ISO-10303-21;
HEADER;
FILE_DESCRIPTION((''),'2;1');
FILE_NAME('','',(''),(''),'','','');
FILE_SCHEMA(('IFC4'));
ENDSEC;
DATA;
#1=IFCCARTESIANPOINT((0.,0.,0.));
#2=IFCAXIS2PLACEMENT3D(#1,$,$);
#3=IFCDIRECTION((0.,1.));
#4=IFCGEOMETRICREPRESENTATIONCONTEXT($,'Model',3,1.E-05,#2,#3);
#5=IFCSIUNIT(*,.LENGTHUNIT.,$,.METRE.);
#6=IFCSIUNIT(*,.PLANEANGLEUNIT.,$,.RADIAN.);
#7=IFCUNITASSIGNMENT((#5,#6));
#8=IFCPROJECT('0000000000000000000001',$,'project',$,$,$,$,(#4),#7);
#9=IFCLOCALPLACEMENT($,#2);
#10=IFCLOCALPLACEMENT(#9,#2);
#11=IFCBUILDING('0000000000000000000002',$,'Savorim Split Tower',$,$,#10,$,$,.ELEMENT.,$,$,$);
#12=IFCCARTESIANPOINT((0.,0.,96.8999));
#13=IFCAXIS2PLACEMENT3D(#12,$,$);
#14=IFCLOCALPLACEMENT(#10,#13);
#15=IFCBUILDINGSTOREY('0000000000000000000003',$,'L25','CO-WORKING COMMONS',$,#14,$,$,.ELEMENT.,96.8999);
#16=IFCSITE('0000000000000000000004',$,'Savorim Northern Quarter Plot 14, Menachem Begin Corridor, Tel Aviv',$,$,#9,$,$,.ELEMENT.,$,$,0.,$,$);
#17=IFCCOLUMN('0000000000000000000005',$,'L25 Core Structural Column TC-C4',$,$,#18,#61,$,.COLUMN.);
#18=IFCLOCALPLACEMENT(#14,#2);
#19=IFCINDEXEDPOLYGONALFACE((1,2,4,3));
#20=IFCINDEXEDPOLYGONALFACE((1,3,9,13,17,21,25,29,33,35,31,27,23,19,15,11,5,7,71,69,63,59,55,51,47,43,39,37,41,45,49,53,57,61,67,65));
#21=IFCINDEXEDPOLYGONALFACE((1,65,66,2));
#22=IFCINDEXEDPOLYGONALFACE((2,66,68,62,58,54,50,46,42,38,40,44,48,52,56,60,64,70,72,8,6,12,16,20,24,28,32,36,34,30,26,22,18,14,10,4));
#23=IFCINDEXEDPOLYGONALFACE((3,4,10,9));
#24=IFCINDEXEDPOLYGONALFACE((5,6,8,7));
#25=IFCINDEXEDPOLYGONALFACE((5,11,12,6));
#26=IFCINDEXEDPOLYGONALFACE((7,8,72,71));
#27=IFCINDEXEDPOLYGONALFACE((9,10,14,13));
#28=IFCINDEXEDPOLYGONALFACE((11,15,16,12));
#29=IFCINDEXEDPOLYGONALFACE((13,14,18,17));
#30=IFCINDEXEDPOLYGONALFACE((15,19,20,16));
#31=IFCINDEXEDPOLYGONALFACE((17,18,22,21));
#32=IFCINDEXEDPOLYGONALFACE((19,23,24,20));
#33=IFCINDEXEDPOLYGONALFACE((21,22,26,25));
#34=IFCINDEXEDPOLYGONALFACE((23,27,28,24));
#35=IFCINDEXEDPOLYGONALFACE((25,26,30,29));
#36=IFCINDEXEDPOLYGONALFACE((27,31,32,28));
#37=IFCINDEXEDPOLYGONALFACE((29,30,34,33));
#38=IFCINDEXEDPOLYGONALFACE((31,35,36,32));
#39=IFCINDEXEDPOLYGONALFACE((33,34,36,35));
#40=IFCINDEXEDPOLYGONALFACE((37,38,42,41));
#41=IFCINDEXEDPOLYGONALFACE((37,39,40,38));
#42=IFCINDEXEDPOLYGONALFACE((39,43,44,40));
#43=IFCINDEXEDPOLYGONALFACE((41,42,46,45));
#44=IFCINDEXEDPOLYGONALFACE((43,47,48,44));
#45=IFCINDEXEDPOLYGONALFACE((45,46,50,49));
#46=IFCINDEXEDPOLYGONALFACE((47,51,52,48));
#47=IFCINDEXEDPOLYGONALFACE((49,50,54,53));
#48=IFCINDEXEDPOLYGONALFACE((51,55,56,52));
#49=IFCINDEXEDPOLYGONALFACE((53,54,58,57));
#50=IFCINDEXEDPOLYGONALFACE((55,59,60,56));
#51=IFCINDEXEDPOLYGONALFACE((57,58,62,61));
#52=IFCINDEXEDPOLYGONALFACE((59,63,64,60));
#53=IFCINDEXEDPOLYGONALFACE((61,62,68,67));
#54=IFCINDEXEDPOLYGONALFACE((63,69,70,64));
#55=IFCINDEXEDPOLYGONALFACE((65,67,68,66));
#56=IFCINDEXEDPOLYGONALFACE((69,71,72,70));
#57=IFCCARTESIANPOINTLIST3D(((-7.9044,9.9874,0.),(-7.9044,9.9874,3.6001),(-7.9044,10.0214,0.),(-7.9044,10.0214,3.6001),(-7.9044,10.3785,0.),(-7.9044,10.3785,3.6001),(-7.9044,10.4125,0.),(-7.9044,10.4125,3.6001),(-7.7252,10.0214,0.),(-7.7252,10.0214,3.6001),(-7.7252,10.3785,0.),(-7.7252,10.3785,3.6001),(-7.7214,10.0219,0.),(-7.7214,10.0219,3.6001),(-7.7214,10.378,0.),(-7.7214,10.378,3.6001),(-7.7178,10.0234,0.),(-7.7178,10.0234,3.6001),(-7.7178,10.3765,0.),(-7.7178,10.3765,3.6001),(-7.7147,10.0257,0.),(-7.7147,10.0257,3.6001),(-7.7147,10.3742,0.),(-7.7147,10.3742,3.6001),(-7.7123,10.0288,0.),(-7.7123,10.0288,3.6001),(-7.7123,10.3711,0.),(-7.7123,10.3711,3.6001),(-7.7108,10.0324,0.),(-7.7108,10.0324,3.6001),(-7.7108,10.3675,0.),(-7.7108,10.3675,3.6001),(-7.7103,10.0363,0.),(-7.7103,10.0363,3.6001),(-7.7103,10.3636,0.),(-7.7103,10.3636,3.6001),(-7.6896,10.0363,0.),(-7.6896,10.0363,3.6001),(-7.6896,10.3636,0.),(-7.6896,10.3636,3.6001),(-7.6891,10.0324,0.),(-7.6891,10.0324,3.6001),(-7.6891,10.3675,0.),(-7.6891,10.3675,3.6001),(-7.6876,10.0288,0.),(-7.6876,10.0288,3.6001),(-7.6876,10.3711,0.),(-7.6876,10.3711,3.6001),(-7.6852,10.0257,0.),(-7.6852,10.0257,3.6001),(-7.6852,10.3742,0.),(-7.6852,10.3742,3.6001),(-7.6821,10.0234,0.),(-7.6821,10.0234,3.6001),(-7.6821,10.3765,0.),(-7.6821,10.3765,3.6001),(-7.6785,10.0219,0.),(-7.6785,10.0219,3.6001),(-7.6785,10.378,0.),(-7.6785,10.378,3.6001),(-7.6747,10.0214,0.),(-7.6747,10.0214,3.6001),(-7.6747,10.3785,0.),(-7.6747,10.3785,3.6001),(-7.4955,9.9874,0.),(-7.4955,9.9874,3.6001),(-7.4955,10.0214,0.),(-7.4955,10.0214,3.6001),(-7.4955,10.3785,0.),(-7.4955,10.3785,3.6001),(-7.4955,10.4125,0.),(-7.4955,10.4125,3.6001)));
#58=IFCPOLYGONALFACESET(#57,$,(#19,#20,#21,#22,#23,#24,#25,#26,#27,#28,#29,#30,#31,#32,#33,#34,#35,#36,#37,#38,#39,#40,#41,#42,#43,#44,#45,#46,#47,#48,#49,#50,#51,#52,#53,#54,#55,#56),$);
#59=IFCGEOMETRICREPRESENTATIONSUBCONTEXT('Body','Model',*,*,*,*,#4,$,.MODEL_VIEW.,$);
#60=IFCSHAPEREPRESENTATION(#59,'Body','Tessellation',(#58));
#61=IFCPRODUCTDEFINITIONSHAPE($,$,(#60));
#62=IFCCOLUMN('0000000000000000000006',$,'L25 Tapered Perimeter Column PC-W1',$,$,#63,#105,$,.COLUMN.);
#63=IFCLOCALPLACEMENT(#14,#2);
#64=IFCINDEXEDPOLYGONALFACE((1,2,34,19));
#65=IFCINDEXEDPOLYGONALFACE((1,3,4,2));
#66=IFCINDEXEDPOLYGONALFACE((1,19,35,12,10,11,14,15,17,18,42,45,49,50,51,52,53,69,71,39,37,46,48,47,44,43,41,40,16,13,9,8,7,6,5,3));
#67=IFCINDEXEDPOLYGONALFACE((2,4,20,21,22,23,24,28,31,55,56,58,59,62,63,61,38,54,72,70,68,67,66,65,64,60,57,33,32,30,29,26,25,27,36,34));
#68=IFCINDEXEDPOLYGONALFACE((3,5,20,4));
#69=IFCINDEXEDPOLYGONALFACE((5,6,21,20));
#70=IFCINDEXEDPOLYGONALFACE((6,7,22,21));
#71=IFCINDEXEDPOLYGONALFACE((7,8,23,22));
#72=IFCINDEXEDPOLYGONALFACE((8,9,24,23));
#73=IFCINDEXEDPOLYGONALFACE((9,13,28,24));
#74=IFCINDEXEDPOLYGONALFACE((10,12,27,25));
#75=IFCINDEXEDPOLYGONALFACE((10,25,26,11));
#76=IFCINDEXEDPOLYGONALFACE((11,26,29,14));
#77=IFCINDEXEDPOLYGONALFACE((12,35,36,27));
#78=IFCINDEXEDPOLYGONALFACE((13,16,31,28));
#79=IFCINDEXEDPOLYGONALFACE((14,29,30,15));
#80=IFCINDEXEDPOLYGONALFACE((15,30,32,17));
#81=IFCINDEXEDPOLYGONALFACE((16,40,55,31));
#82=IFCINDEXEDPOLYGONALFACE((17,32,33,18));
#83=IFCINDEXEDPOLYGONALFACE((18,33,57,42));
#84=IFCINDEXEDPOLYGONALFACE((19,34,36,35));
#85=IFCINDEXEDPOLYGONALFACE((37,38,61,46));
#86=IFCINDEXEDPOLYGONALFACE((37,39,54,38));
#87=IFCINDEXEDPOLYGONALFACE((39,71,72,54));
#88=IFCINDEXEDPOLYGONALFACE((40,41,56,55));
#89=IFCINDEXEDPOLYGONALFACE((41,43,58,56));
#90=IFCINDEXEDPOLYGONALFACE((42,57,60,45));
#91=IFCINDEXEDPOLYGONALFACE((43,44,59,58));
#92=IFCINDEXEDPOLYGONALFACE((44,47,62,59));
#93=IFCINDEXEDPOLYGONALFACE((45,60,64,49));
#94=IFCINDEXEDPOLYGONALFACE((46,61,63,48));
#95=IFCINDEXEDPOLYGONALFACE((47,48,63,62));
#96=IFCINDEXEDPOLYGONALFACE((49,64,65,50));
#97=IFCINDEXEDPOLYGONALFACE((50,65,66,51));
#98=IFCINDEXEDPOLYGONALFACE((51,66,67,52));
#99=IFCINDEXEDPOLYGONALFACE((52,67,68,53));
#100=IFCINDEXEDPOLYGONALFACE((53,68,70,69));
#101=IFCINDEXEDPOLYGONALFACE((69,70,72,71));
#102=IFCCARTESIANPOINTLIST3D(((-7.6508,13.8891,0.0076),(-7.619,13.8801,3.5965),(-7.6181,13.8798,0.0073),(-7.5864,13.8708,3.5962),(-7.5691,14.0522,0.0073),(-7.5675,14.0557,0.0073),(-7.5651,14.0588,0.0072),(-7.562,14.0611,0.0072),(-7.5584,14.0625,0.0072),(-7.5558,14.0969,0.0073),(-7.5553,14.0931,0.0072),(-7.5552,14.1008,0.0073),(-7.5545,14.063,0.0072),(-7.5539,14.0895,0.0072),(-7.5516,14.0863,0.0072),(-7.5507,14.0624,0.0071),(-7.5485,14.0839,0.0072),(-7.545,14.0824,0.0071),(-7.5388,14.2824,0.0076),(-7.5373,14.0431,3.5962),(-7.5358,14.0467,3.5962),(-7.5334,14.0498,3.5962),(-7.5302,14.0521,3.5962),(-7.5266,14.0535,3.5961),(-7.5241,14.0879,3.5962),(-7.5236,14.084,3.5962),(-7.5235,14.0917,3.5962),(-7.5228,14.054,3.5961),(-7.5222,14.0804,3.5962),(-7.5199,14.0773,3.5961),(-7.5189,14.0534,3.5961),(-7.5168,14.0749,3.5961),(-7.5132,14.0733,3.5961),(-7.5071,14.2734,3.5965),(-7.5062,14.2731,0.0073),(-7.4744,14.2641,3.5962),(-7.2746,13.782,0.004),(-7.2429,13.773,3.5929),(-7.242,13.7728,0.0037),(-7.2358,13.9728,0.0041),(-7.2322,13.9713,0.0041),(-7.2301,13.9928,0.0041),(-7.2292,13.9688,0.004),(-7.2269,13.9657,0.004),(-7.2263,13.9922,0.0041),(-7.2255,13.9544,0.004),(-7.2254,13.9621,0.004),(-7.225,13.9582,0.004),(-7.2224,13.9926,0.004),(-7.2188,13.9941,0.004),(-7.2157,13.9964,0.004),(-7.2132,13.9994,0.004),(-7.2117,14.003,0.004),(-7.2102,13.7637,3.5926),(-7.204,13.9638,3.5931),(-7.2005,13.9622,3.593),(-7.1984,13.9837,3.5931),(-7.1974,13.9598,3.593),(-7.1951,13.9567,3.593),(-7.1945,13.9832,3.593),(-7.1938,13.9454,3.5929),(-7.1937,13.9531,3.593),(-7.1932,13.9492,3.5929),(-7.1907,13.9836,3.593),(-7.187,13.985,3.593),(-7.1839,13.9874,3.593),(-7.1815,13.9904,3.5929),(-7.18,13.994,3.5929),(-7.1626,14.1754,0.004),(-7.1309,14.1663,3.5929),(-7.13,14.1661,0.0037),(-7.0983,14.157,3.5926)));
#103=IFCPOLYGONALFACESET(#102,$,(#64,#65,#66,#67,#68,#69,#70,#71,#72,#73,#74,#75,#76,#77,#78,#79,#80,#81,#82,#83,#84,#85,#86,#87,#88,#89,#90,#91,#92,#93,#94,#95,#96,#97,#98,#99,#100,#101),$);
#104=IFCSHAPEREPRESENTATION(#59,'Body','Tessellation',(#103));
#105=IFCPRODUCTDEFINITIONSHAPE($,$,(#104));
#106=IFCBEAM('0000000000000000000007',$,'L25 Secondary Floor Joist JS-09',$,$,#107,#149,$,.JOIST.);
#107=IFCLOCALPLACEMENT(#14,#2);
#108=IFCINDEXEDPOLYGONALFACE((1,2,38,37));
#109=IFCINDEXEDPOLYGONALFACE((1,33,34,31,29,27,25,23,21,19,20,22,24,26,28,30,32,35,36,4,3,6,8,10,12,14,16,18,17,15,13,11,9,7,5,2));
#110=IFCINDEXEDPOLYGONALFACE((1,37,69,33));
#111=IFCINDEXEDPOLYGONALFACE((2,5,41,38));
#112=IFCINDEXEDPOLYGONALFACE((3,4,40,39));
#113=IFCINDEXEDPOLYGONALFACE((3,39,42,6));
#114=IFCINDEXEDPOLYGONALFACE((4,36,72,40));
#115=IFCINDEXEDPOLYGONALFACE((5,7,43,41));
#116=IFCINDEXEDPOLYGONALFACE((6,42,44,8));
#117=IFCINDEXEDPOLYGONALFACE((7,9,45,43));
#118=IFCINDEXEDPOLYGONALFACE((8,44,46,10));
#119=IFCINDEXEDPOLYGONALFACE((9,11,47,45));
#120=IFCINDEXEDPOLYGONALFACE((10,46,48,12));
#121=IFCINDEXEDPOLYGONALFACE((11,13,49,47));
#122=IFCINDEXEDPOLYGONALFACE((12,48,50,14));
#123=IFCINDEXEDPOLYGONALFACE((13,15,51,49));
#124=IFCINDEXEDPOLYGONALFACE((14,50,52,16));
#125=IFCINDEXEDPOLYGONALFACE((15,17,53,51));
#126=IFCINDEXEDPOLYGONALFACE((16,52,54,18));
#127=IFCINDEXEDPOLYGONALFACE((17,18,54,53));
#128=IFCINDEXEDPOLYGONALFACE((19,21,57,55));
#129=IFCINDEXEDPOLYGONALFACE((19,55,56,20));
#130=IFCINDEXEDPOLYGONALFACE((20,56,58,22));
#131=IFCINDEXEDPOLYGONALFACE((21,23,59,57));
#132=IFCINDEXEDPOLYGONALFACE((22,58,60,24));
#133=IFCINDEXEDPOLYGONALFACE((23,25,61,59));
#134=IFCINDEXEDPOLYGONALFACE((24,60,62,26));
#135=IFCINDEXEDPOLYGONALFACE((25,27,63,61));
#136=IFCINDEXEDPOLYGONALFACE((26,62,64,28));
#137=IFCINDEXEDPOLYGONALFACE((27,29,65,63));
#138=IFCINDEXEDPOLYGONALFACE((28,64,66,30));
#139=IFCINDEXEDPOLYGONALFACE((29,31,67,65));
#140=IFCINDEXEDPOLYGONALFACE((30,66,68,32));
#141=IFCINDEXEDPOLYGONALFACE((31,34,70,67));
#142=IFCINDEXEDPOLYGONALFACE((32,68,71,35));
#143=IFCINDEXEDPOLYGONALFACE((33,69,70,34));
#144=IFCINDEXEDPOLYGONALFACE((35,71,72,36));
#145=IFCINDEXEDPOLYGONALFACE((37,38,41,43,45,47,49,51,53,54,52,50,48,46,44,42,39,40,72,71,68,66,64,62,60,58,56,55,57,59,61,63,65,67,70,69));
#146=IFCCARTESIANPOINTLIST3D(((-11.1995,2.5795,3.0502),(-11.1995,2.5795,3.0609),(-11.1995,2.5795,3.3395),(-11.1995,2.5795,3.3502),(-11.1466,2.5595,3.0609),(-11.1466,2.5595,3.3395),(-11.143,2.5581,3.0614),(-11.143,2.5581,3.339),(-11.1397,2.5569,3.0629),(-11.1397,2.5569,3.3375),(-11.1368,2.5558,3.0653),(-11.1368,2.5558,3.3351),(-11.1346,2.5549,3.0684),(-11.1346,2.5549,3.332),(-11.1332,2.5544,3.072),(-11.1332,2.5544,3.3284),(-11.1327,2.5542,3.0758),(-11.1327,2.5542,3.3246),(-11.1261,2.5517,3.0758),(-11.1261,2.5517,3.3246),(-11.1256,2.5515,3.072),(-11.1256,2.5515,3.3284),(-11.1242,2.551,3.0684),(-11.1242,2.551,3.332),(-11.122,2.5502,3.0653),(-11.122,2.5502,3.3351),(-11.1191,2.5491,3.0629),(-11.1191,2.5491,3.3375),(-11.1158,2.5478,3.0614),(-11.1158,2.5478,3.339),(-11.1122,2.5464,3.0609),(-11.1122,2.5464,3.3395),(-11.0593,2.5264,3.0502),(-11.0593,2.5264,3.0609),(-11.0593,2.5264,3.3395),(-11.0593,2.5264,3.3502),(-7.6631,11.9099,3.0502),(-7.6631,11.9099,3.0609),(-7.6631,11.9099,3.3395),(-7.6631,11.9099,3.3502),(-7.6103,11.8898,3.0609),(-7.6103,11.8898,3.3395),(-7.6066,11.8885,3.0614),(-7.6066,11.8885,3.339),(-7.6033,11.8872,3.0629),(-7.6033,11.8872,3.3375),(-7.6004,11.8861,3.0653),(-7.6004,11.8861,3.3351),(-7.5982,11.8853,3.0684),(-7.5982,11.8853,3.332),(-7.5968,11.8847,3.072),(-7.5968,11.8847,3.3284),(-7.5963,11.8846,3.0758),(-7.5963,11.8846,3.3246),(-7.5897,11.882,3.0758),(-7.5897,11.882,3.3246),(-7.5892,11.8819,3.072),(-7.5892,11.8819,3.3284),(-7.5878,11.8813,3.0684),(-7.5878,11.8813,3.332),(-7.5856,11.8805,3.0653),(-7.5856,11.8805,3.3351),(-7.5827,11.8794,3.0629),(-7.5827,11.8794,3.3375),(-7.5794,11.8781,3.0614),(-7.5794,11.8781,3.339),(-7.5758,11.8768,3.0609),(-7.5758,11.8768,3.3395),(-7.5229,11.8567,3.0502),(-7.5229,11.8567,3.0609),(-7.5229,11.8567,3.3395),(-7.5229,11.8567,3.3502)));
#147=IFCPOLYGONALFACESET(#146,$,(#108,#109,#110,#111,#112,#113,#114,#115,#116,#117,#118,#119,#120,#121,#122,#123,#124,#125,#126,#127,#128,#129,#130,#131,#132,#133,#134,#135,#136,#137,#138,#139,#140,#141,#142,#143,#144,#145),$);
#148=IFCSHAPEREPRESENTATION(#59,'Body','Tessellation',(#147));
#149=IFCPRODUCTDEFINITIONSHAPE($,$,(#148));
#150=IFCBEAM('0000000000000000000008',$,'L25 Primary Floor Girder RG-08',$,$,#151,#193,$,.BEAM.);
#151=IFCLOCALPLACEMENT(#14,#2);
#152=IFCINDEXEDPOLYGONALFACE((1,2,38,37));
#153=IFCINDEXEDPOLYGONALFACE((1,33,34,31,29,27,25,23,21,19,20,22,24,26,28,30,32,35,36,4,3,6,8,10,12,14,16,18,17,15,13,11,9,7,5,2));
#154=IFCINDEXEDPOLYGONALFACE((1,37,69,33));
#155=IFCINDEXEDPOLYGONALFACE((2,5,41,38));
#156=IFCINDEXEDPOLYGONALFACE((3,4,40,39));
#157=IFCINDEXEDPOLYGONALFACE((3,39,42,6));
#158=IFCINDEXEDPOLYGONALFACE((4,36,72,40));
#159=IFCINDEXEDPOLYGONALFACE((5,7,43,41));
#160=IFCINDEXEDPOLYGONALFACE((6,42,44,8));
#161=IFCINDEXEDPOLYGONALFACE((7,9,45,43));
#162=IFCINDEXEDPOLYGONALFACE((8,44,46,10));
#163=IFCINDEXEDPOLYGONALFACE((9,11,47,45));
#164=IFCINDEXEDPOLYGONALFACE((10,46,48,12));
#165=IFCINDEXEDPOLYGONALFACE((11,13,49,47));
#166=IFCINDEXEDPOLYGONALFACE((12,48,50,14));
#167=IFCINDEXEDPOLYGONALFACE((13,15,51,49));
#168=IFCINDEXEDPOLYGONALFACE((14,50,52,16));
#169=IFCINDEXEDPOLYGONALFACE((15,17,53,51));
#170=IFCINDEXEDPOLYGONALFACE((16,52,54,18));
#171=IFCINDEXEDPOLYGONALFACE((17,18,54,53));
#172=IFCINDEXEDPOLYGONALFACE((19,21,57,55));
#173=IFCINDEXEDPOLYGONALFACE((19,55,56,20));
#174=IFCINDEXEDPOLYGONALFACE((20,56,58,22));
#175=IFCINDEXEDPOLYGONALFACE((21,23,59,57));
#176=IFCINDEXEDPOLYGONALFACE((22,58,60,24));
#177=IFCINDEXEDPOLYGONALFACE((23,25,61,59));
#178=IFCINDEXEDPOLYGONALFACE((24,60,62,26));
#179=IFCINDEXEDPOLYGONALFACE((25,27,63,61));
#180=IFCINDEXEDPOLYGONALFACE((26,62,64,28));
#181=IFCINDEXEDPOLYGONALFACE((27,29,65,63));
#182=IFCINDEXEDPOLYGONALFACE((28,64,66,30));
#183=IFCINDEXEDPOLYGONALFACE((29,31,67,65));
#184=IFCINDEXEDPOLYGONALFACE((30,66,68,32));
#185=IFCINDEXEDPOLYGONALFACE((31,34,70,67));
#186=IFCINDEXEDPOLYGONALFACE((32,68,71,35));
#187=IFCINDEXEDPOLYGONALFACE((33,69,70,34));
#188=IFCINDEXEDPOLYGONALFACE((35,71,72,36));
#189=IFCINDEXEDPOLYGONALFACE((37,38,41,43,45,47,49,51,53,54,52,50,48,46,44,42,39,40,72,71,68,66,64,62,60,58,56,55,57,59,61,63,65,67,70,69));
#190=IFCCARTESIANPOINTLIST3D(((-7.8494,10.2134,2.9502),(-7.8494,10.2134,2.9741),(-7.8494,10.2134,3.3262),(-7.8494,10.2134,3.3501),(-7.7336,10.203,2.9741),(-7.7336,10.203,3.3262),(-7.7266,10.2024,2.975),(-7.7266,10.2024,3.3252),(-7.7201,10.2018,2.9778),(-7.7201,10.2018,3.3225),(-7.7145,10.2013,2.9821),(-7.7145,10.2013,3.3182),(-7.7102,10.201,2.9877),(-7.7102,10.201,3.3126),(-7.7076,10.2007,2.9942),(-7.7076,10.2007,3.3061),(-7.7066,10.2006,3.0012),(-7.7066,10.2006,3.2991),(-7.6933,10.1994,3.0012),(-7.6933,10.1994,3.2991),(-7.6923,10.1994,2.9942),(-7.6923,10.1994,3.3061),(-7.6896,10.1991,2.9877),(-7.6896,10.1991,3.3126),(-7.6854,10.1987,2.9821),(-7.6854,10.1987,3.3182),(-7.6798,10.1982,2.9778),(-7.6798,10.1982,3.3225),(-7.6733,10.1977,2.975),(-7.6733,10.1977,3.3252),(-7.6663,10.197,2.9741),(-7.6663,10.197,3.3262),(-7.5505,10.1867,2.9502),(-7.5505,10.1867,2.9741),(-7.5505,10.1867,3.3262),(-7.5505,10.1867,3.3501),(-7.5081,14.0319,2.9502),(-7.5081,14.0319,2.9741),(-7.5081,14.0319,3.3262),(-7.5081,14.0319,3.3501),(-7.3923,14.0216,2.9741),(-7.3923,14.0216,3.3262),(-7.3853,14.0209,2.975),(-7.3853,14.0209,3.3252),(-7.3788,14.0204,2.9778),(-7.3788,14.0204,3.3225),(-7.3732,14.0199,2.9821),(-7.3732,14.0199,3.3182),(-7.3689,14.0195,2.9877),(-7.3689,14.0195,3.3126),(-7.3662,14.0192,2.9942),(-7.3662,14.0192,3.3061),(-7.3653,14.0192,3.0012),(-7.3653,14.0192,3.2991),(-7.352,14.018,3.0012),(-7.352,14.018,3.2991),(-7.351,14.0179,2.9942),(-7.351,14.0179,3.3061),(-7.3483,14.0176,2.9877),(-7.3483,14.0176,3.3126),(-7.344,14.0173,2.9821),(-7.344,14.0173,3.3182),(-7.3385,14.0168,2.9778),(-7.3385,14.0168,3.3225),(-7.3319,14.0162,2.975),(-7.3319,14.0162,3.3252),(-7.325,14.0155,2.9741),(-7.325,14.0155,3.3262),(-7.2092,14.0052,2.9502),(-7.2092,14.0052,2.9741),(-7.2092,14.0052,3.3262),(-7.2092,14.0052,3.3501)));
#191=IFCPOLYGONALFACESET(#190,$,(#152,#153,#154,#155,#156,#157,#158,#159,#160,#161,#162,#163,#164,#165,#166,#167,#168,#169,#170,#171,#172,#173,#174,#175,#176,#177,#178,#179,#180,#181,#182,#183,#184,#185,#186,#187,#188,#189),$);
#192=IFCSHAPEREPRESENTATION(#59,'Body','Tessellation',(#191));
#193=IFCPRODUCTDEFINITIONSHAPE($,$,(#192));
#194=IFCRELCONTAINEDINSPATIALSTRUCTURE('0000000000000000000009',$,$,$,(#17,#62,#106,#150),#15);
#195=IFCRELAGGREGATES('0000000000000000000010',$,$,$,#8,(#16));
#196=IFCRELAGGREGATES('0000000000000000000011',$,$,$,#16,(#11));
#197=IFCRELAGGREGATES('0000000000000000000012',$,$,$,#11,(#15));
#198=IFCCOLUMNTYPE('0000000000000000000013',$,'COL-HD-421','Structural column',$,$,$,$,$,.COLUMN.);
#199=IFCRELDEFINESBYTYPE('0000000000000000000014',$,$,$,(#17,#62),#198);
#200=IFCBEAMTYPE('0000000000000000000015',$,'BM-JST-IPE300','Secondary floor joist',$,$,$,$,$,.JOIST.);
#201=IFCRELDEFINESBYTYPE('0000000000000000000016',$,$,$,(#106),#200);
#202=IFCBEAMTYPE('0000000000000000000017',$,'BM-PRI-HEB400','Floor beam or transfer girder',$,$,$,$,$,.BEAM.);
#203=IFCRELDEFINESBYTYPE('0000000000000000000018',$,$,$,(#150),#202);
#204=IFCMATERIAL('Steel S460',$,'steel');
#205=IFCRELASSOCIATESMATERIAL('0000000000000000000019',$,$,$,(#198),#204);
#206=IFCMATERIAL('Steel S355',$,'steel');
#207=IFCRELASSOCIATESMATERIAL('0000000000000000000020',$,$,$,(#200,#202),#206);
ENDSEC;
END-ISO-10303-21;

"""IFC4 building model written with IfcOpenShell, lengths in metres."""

from ifc_helpers import new_model, si_unit, direction, frame, origin, origin_2d, place, context, subcontext, project, spatial, i_section, extrude, material, material_profile, profile_set, type_object, element, save


model = new_model("IFC4")

# Units and contexts
model_context = context("Model", 3, precision=1e-05, world=origin(), true_north=direction((0.0, 1.0)))
body_context = subcontext(model_context, "Body", "Model", "MODEL_VIEW")
ifc_project = project(units=[si_unit("LENGTHUNIT", "METRE"), si_unit("PLANEANGLEUNIT", "RADIAN")], contexts=[model_context])

# Site, building, storey
site_placement = place(None, origin())
site = spatial("IfcSite", under=ifc_project, at=site_placement, Name="Savorim Northern Quarter Plot 14, Menachem Begin Corridor, Tel Aviv", CompositionType="ELEMENT", RefElevation=0.0)
building_placement = place(site_placement, origin())
building = spatial("IfcBuilding", under=site, at=building_placement, Name="Savorim Split Tower", CompositionType="ELEMENT")
storey_placement = place(building_placement, frame((0.0, 0.0, 96.8999)))
storey = spatial("IfcBuildingStorey", under=building, at=storey_placement, Name="L25", Description="CO-WORKING COMMONS", CompositionType="ELEMENT", Elevation=96.8999)

# Columns
ifc_material_1 = material(Name="Steel S460", Category="steel")
ifc_material_profile_1 = material_profile(ifc_material_1, i_section(OverallWidth=0.4089, OverallDepth=0.425, WebThickness=0.0208, FlangeThickness=0.0339, FilletRadius=0.0149, at=origin_2d()), Name="HD 400x421")
ifc_profile_set_1 = profile_set([ifc_material_profile_1], Name="Steel S460")
column_type = type_object("IfcColumnType", Name="COL-HD-421", Description="Structural column", PredefinedType="COLUMN", material=ifc_profile_set_1)
column_1_placement = place(storey_placement, frame((-7.7, 10.2, 0.0), z_axis=(0.0, 0.0, 1.0), x_axis=(1.0, 0.0, 0.0)))
element("IfcColumn", 1, at=column_1_placement, inside=storey, type_object=column_type, Name="L25 Core Structural Column TC-C4", PredefinedType="COLUMN", context=body_context, shape_type="SweptSolid", body=[
    extrude(i_section(OverallWidth=0.4089, OverallDepth=0.425, WebThickness=0.0208, FlangeThickness=0.0339, FilletRadius=0.0149, at=origin_2d()), origin(), (0.0, 0.0, 1.0), 3.6001),
])
column_2_placement = place(storey_placement, frame((-7.3904, 14.0276, 0.0056), z_axis=(0.008843, -0.002517, 0.999958), x_axis=(0.273744, 0.961803, 0.0)))
element("IfcColumn", 2, at=column_2_placement, inside=storey, type_object=column_type, Name="L25 Tapered Perimeter Column PC-W1", PredefinedType="COLUMN", context=body_context, shape_type="SweptSolid", body=[
    extrude(i_section(OverallWidth=0.4089, OverallDepth=0.425, WebThickness=0.0208, FlangeThickness=0.0339, FilletRadius=0.0149, at=origin_2d()), origin(), (0.0, 0.0, 1.0), 3.5891),
])

# Beams
ifc_material_2 = material(Name="Steel S355", Category="steel")
ifc_material_profile_2 = material_profile(ifc_material_2, i_section(OverallWidth=0.1499, OverallDepth=0.3, WebThickness=0.0071, FlangeThickness=0.0107, FilletRadius=0.0149, at=origin_2d()), Name="IPE 300")
ifc_profile_set_2 = profile_set([ifc_material_profile_2], Name="Steel S355")
beam_type_1 = type_object("IfcBeamType", Name="BM-JST-IPE300", Description="Secondary floor joist", PredefinedType="JOIST", material=ifc_profile_set_2)
beam_1_placement = place(storey_placement, frame((-7.593, 11.8833, 3.2002), z_axis=(-0.354417, -0.935088, 0.0), x_axis=(0.935088, -0.354417, 0.0)))
element("IfcBeam", 3, at=beam_1_placement, inside=storey, type_object=beam_type_1, Name="L25 Secondary Floor Joist JS-09", PredefinedType="JOIST", context=body_context, shape_type="SweptSolid", body=[
    extrude(i_section(OverallWidth=0.1499, OverallDepth=0.3, WebThickness=0.0071, FlangeThickness=0.0107, FilletRadius=0.0149, at=origin_2d()), origin(), (0.0, 0.0, 1.0), 9.978),
])
ifc_material_profile_3 = material_profile(ifc_material_2, i_section(OverallWidth=0.3, OverallDepth=0.3999, WebThickness=0.0134, FlangeThickness=0.0239, FilletRadius=0.0271, at=origin_2d()), Name="HEB 400")
ifc_profile_set_3 = profile_set([ifc_material_profile_3], Name="Steel S355")
beam_type_2 = type_object("IfcBeamType", Name="BM-PRI-HEB400", Description="Floor beam or transfer girder", PredefinedType="BEAM", material=ifc_profile_set_3)
beam_2_placement = place(storey_placement, frame((-7.3586, 14.0186, 3.1501), z_axis=(-0.089026, -0.996029, 0.0), x_axis=(0.996029, -0.089026, 0.0)))
element("IfcBeam", 4, at=beam_2_placement, inside=storey, type_object=beam_type_2, Name="L25 Primary Floor Girder RG-08", PredefinedType="BEAM", context=body_context, shape_type="SweptSolid", body=[
    extrude(i_section(OverallWidth=0.3, OverallDepth=0.3999, WebThickness=0.0134, FlangeThickness=0.0239, FilletRadius=0.0271, at=origin_2d()), origin(), (0.0, 0.0, 1.0), 3.8337),
])

save(model, "model.ifc")
